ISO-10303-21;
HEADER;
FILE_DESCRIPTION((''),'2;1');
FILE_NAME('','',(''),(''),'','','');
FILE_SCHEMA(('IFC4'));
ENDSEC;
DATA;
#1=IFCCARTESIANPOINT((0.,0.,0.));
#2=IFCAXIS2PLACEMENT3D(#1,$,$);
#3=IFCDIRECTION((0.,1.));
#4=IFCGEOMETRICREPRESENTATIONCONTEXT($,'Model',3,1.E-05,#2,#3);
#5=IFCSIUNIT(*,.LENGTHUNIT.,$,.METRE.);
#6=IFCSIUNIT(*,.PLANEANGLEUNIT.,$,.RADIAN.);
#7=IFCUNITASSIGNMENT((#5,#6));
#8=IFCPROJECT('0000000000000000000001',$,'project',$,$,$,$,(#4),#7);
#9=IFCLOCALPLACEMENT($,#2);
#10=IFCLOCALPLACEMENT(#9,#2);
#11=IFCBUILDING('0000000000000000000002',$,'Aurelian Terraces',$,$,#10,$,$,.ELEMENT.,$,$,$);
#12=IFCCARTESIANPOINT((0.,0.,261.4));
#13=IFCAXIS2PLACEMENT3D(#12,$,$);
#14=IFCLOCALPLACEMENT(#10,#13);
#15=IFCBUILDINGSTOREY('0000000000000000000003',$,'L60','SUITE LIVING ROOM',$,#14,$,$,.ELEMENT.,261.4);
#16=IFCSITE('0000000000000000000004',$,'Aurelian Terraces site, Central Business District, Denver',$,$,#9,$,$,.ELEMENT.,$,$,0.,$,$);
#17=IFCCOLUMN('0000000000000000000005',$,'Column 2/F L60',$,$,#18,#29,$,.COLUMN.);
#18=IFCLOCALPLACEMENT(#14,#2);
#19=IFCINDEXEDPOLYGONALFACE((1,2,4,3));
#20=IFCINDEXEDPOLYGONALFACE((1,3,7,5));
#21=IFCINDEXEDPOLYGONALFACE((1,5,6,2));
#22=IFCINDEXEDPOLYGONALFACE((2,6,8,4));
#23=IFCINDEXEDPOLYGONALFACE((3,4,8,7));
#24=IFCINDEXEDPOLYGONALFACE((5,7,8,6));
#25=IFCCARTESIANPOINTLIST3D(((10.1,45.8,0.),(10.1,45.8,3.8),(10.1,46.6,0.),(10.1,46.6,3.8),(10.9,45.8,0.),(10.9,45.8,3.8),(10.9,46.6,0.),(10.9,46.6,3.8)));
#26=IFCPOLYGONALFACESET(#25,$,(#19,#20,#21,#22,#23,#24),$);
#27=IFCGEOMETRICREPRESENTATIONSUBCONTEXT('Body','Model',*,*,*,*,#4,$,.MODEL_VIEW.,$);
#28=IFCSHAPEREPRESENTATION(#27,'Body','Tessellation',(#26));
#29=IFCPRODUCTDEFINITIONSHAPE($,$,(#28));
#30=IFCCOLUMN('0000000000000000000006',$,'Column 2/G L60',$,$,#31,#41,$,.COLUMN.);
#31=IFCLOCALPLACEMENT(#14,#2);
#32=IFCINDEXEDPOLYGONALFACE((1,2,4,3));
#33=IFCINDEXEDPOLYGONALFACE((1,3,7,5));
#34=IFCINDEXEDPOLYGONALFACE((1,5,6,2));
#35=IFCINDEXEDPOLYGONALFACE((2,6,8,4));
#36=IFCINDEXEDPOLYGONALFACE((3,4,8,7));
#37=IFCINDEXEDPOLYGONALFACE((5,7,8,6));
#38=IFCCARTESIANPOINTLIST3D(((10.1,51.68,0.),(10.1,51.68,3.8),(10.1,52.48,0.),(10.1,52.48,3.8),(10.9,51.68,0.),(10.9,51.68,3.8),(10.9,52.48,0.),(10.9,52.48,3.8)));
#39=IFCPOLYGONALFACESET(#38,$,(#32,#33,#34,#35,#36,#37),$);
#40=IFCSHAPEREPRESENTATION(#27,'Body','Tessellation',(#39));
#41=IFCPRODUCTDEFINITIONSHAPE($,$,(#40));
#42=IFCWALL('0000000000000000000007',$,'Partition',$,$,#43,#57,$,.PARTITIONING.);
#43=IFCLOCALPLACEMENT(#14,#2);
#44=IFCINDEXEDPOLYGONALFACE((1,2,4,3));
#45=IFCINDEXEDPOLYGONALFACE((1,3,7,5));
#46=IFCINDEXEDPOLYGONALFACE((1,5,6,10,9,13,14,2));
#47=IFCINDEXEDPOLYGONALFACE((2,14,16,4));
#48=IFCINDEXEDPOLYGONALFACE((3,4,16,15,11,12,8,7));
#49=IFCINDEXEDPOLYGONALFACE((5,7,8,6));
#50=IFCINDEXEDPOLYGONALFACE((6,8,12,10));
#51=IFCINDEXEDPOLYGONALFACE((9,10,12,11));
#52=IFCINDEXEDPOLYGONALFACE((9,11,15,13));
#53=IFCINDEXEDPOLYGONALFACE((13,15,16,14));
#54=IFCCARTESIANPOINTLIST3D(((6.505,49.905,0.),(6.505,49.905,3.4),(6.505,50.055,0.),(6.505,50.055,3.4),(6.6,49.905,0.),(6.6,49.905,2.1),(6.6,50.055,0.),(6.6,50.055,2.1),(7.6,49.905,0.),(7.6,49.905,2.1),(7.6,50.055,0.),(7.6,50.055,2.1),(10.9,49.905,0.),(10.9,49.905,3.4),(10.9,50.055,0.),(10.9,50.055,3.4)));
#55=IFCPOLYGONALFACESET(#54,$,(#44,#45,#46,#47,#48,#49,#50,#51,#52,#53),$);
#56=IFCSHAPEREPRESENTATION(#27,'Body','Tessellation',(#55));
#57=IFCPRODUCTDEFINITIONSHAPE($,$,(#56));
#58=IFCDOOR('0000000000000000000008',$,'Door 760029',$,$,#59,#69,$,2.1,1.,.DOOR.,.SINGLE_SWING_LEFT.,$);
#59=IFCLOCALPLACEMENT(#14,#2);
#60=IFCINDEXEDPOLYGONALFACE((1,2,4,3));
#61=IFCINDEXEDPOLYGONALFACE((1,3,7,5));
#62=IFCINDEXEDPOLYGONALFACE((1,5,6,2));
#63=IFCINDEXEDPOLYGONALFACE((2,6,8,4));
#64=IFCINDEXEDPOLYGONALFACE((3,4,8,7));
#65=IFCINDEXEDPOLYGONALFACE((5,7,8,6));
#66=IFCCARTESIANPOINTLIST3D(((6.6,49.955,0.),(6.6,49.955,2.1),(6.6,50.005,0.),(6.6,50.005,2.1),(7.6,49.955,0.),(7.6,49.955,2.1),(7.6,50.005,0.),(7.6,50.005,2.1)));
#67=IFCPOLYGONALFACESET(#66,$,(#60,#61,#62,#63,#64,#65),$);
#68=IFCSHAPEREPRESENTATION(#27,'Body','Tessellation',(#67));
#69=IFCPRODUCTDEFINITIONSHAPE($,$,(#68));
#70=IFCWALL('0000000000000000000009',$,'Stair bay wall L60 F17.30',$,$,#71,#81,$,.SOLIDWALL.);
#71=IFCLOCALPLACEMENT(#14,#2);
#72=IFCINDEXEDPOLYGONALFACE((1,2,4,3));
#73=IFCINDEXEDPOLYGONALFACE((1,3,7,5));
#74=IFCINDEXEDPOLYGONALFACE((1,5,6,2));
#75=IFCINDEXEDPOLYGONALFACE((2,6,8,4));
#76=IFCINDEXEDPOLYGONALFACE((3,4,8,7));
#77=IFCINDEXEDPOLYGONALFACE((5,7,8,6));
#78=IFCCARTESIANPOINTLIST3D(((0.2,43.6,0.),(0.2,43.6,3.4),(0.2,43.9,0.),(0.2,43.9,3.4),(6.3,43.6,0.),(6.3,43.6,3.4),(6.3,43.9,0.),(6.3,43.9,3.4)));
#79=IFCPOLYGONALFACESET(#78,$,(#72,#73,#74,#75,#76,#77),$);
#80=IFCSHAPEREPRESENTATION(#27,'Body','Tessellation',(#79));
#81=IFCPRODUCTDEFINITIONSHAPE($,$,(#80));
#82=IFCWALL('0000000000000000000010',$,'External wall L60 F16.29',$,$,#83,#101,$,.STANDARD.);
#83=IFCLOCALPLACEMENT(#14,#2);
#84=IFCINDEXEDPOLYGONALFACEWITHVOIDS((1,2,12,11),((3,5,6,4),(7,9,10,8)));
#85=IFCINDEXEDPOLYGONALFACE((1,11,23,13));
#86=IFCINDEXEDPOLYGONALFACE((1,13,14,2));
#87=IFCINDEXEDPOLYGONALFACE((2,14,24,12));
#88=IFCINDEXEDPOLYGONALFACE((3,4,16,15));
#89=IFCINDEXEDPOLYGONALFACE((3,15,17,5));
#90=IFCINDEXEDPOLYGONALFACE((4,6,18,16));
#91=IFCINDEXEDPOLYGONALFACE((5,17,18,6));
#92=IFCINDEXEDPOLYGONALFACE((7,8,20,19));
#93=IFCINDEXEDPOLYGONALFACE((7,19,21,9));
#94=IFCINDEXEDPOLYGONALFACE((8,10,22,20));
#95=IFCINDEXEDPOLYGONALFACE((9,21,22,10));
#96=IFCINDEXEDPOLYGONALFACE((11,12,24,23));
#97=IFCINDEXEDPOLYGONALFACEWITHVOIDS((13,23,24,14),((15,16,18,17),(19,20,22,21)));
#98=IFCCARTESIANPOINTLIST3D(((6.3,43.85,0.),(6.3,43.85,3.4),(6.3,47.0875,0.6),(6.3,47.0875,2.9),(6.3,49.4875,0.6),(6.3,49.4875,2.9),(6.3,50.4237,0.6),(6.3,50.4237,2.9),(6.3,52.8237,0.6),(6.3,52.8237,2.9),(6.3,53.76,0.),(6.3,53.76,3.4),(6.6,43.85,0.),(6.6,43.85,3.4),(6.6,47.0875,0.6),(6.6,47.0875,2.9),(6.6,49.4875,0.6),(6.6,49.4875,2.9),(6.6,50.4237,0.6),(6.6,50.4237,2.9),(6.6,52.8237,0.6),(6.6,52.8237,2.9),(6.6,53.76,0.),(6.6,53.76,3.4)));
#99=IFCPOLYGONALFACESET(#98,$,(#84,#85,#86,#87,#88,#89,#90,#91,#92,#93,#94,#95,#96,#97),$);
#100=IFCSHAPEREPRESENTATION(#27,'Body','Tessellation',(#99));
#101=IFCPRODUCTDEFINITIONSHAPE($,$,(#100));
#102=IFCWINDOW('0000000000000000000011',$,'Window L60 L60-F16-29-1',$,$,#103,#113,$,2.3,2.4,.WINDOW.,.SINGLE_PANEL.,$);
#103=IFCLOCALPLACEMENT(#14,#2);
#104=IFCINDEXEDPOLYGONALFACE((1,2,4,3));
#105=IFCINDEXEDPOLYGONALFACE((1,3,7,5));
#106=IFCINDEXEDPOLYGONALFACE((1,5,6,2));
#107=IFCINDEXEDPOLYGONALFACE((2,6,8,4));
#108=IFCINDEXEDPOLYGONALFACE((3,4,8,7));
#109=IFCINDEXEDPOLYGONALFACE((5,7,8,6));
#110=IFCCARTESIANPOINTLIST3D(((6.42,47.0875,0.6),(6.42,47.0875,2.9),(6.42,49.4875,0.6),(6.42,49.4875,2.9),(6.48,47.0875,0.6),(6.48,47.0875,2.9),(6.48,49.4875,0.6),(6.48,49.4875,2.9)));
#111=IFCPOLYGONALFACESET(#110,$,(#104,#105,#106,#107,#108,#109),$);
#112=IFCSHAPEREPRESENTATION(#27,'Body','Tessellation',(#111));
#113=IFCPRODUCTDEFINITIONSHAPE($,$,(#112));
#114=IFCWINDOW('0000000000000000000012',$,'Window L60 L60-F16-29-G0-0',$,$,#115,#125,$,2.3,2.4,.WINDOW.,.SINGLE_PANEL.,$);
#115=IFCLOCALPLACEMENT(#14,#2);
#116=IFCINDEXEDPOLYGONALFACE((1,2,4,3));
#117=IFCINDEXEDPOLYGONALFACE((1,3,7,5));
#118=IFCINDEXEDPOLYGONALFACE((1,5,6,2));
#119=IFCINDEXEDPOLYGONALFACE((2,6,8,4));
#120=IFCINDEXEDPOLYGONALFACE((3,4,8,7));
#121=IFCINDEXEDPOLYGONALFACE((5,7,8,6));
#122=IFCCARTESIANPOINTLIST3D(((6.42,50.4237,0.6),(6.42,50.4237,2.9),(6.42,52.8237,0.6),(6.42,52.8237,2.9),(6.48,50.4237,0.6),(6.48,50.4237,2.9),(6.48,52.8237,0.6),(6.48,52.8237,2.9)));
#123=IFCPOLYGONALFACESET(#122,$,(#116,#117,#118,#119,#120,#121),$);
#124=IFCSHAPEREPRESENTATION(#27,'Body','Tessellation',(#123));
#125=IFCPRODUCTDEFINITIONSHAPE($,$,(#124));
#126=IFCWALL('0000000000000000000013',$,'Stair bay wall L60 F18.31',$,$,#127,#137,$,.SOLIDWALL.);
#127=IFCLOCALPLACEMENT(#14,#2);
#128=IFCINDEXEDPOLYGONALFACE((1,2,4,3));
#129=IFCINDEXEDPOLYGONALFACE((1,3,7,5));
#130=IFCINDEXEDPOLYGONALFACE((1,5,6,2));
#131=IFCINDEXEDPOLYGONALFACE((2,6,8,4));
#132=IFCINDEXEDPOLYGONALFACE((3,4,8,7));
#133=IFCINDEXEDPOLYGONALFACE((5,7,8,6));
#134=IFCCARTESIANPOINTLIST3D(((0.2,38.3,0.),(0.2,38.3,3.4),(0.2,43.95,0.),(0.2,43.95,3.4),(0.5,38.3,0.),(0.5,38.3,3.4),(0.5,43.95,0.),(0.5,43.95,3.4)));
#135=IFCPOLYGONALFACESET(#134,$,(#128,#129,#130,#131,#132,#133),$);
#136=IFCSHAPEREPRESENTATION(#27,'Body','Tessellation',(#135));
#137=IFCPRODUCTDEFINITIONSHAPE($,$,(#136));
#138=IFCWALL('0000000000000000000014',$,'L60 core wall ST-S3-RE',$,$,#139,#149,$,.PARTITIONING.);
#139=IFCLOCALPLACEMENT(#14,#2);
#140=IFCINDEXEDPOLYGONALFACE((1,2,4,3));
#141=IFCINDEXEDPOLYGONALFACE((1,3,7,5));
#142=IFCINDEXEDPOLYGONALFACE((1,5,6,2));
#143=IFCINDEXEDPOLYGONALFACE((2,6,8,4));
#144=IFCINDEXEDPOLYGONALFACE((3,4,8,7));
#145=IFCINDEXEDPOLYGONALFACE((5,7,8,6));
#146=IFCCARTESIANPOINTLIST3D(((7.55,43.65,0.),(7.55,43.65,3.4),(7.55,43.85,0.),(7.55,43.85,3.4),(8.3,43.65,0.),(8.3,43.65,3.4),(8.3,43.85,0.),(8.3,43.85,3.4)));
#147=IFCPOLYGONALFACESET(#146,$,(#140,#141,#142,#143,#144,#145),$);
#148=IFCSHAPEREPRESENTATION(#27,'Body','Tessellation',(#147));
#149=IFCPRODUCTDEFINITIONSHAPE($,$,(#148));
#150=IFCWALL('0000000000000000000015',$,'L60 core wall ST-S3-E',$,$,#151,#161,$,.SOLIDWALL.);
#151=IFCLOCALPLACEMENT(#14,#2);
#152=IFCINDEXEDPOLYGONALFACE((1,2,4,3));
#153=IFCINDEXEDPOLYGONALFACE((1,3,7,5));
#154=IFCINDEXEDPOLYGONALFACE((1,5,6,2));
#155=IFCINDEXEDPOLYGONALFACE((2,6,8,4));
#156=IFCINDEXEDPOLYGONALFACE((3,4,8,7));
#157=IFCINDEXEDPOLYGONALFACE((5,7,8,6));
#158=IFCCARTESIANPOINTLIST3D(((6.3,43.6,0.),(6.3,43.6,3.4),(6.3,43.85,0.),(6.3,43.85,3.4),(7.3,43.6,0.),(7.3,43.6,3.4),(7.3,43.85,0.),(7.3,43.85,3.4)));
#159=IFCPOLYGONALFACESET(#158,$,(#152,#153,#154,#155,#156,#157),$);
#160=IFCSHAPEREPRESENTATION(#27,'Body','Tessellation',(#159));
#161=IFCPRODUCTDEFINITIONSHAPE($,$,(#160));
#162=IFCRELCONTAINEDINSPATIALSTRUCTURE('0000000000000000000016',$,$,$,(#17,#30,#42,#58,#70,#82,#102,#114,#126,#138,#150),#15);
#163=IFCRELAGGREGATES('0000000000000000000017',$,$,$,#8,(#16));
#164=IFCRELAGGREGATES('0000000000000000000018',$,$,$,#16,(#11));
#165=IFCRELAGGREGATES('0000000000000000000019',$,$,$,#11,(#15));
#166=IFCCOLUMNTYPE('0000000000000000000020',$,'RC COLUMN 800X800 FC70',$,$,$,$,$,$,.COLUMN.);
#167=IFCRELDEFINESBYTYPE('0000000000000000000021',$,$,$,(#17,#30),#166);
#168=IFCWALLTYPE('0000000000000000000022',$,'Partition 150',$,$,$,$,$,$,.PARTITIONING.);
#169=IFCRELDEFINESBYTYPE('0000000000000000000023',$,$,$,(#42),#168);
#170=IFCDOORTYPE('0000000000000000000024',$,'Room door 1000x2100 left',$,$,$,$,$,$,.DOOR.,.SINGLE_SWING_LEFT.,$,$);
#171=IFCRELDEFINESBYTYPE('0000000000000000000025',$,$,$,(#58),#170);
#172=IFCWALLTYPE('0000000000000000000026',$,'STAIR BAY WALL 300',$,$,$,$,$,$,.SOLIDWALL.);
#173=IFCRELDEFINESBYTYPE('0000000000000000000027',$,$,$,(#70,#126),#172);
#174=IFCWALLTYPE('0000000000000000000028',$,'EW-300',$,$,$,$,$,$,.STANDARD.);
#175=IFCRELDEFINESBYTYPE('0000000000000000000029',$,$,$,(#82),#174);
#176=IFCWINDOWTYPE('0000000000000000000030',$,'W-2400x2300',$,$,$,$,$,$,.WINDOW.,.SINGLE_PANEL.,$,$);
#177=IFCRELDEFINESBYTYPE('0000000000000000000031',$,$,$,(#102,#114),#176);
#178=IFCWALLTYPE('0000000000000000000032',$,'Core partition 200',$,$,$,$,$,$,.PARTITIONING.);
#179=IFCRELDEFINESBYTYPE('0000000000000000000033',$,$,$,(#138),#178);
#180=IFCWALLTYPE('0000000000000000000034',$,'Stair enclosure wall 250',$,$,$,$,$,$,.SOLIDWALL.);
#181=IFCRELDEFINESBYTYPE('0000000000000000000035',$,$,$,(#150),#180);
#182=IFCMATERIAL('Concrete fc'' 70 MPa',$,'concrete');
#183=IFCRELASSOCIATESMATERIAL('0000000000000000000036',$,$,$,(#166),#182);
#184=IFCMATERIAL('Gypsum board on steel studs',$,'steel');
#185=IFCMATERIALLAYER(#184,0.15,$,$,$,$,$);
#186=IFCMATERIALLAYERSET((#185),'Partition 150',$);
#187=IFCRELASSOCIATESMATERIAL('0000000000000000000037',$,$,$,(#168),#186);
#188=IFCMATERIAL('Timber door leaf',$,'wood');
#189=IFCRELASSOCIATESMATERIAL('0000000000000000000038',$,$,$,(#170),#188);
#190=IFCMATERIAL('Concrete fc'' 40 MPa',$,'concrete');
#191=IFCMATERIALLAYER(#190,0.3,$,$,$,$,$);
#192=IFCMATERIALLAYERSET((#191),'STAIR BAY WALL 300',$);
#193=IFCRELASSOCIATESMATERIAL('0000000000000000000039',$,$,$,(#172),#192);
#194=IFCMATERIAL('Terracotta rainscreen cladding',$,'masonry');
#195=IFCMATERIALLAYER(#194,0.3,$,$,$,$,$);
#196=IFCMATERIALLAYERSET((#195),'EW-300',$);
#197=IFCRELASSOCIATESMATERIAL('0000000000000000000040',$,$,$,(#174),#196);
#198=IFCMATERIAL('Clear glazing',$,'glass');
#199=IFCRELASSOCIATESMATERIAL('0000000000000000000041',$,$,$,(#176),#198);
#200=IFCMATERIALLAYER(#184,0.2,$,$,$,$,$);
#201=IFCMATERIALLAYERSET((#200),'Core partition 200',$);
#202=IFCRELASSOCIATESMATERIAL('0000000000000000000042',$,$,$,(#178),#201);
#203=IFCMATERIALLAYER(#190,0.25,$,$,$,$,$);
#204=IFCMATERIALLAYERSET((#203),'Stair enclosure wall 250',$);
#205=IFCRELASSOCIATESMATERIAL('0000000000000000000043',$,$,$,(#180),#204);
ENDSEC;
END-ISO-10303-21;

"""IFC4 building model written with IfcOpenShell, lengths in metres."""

from ifc_helpers import new_model, si_unit, direction, frame, frame_2d, origin, origin_2d, place, context, subcontext, project, spatial, rectangle, extrude, source, transform, mapped, material, layer, layer_set, material_profile, profile_set, type_object, element, fill, save


model = new_model("IFC4")

# Units and contexts
model_context = context("Model", 3, precision=1e-05, world=origin(), true_north=direction((0.0, 1.0)))
body_context = subcontext(model_context, "Body", "Model", "MODEL_VIEW")
ifc_project = project(units=[si_unit("LENGTHUNIT", "METRE"), si_unit("PLANEANGLEUNIT", "RADIAN")], contexts=[model_context])

# Site, building, storey
site_placement = place(None, origin())
site = spatial("IfcSite", under=ifc_project, at=site_placement, Name="Aurelian Terraces site, Central Business District, Denver", CompositionType="ELEMENT", RefElevation=0.0)
building_placement = place(site_placement, origin())
building = spatial("IfcBuilding", under=site, at=building_placement, Name="Aurelian Terraces", CompositionType="ELEMENT")
storey_placement = place(building_placement, frame((0.0, 0.0, 261.4)))
storey = spatial("IfcBuildingStorey", under=building, at=storey_placement, Name="L60", Description="SUITE LIVING ROOM", CompositionType="ELEMENT", Elevation=261.4)

# Columns
ifc_material_1 = material(Name="Concrete fc' 70 MPa", Category="concrete")
ifc_material_profile = material_profile(ifc_material_1, rectangle(XDim=0.8, YDim=0.8, at=origin_2d()))
ifc_profile_set = profile_set([ifc_material_profile], Name="Concrete fc' 70 MPa")
column_type = type_object("IfcColumnType", Name="RC COLUMN 800X800 FC70", PredefinedType="COLUMN", material=ifc_profile_set)
shared_shape_1 = source(origin(), body_context, "Body", "SweptSolid", [
    extrude(rectangle(XDim=0.8, YDim=0.8, at=origin_2d()), origin(), (0.0, 0.0, 1.0), 3.8),
])
for number, where, z_axis, x_axis, name in (
    (1, (10.5, 46.2, 0.0), (0.0, 0.0, 1.0), (1.0, 0.0, 0.0), "Column 2/F L60"),
    (2, (10.5, 52.08, 0.0), (0.0, 0.0, 1.0), (1.0, 0.0, 0.0), "Column 2/G L60"),
):
    element("IfcColumn", number, at=place(storey_placement, frame(where, z_axis=z_axis, x_axis=x_axis)), inside=storey, type_object=column_type, Name=name, PredefinedType="COLUMN", context=body_context, shape_type="MappedRepresentation", body=[
        mapped(shared_shape_1, transform((0.0, 0.0, 0.0), scale=1.0)),
    ])

# Wall, opening, door
ifc_material_2 = material(Name="Gypsum board on steel studs", Category="steel")
ifc_layer_1 = layer(ifc_material_2, 0.15)
ifc_layer_set_1 = layer_set([ifc_layer_1], Name="Partition 150")
wall_type_1 = type_object("IfcWallType", Name="Partition 150", PredefinedType="PARTITIONING", material=ifc_layer_set_1)
wall_1_placement = place(storey_placement, frame((10.9, 49.98, 0.0), z_axis=(0.0, 0.0, 1.0), x_axis=(-1.0, 0.0, 0.0)))
wall_1 = element("IfcWall", 3, at=wall_1_placement, inside=storey, type_object=wall_type_1, Name="Partition", PredefinedType="PARTITIONING", context=body_context, shape_type="SweptSolid", body=[
    extrude(rectangle(XDim=4.395, YDim=0.15, at=frame_2d((2.1975, 0.0))), origin(), (0.0, 0.0, 1.0), 3.4),
])
shared_shape_2 = source(origin(), body_context, "Body", "SweptSolid", [
    extrude(rectangle(XDim=1.0, YDim=2.1, at=frame_2d((0.5, 1.05))), frame((0.0, 0.085, 0.0), z_axis=(0.0, -1.0, 0.0), x_axis=(1.0, 0.0, 0.0)), (0.0, 0.0, 1.0), 0.17),
])
opening_1_placement = place(wall_1_placement, frame((3.3, 0.0, 0.0)))
opening_1 = element("IfcOpeningElement", 4, at=opening_1_placement, cuts=wall_1, PredefinedType="OPENING", context=body_context, shape_type="MappedRepresentation", body=[
    mapped(shared_shape_2, transform((0.0, 0.0, 0.0), scale=1.0)),
])
ifc_material_3 = material(Name="Timber door leaf", Category="wood")
door_type_1 = type_object("IfcDoorType", Name="Room door 1000x2100 left", OperationType="SINGLE_SWING_LEFT", PredefinedType="DOOR", material=ifc_material_3)
shared_shape_3 = source(origin(), body_context, "Body", "SweptSolid", [
    extrude(rectangle(XDim=1.0, YDim=2.1, at=frame_2d((0.5, 1.05))), frame((0.0, 0.025, 0.0), z_axis=(0.0, -1.0, 0.0), x_axis=(1.0, 0.0, 0.0)), (0.0, 0.0, 1.0), 0.05),
])
door_1_placement = place(opening_1_placement, origin())
door_1 = element("IfcDoor", 5, at=door_1_placement, inside=storey, type_object=door_type_1, Name="Door 760029", OperationType="SINGLE_SWING_LEFT", OverallHeight=2.1, OverallWidth=1.0, PredefinedType="DOOR", context=body_context, shape_type="MappedRepresentation", body=[
    mapped(shared_shape_3, transform((0.0, 0.0, 0.0), scale=1.0)),
])
fill(opening_1, door_1)

# Wall
ifc_material_4 = material(Name="Concrete fc' 40 MPa", Category="concrete")
ifc_layer_2 = layer(ifc_material_4, 0.3)
ifc_layer_set_2 = layer_set([ifc_layer_2], Name="STAIR BAY WALL 300")
wall_type_2 = type_object("IfcWallType", Name="STAIR BAY WALL 300", PredefinedType="SOLIDWALL", material=ifc_layer_set_2)
shared_shape_4 = source(origin(), body_context, "Body", "SweptSolid", [
    extrude(rectangle(XDim=6.1, YDim=0.3, at=frame_2d((3.05, 0.0))), origin(), (0.0, 0.0, 1.0), 3.4),
])
wall_2_placement = place(storey_placement, frame((6.3, 43.75, 0.0), z_axis=(0.0, 0.0, 1.0), x_axis=(-1.0, 0.0, 0.0)))
element("IfcWall", 6, at=wall_2_placement, inside=storey, type_object=wall_type_2, Name="Stair bay wall L60 F17.30", PredefinedType="SOLIDWALL", context=body_context, shape_type="MappedRepresentation", body=[
    mapped(shared_shape_4, transform((0.0, 0.0, 0.0), scale=1.0)),
])

# Wall, openings, windows
ifc_material_5 = material(Name="Terracotta rainscreen cladding", Category="masonry")
ifc_layer_3 = layer(ifc_material_5, 0.3)
ifc_layer_set_3 = layer_set([ifc_layer_3], Name="EW-300")
wall_type_3 = type_object("IfcWallType", Name="EW-300", PredefinedType="STANDARD", material=ifc_layer_set_3)
shared_shape_5 = source(origin(), body_context, "Body", "SweptSolid", [
    extrude(rectangle(XDim=9.91, YDim=0.3, at=frame_2d((4.955, 0.0))), origin(), (0.0, 0.0, 1.0), 3.4),
])
wall_3_placement = place(storey_placement, frame((6.45, 53.76, 0.0), z_axis=(0.0, 0.0, 1.0), x_axis=(0.0, -1.0, 0.0)))
wall_3 = element("IfcWall", 7, at=wall_3_placement, inside=storey, type_object=wall_type_3, Name="External wall L60 F16.29", PredefinedType="STANDARD", context=body_context, shape_type="MappedRepresentation", body=[
    mapped(shared_shape_5, transform((0.0, 0.0, 0.0), scale=1.0)),
])
shared_shape_6 = source(origin(), body_context, "Body", "SweptSolid", [
    extrude(rectangle(XDim=2.4, YDim=2.3, at=frame_2d((1.2, 1.15))), frame((0.0, 0.16, 0.0), z_axis=(0.0, -1.0, 0.0), x_axis=(1.0, 0.0, 0.0)), (0.0, 0.0, 1.0), 0.32),
])
opening_2_placement = place(wall_3_placement, frame((4.2725, 0.0, 0.6)))
opening_2 = element("IfcOpeningElement", 8, at=opening_2_placement, cuts=wall_3, PredefinedType="OPENING", context=body_context, shape_type="MappedRepresentation", body=[
    mapped(shared_shape_6, transform((0.0, 0.0, 0.0), scale=1.0)),
])
opening_3_placement = place(wall_3_placement, frame((0.9363, 0.0, 0.6)))
opening_3 = element("IfcOpeningElement", 9, at=opening_3_placement, cuts=wall_3, PredefinedType="OPENING", context=body_context, shape_type="MappedRepresentation", body=[
    mapped(shared_shape_6, transform((0.0, 0.0, 0.0), scale=1.0)),
])
ifc_material_6 = material(Name="Clear glazing", Category="glass")
window_type = type_object("IfcWindowType", Name="W-2400x2300", PartitioningType="SINGLE_PANEL", PredefinedType="WINDOW", material=ifc_material_6)
shared_shape_7 = source(origin(), body_context, "Body", "SweptSolid", [
    extrude(rectangle(XDim=2.4, YDim=2.3, at=frame_2d((1.2, 1.15))), frame((0.0, 0.03, 0.0), z_axis=(0.0, -1.0, 0.0), x_axis=(1.0, 0.0, 0.0)), (0.0, 0.0, 1.0), 0.06),
])
window_1_placement = place(opening_2_placement, origin())
window_1 = element("IfcWindow", 10, at=window_1_placement, inside=storey, type_object=window_type, Name="Window L60 L60-F16-29-1", OverallHeight=2.3, OverallWidth=2.4, PartitioningType="SINGLE_PANEL", PredefinedType="WINDOW", context=body_context, shape_type="MappedRepresentation", body=[
    mapped(shared_shape_7, transform((0.0, 0.0, 0.0), scale=1.0)),
])
fill(opening_2, window_1)
window_2_placement = place(opening_3_placement, origin())
window_2 = element("IfcWindow", 11, at=window_2_placement, inside=storey, type_object=window_type, Name="Window L60 L60-F16-29-G0-0", OverallHeight=2.3, OverallWidth=2.4, PartitioningType="SINGLE_PANEL", PredefinedType="WINDOW", context=body_context, shape_type="MappedRepresentation", body=[
    mapped(shared_shape_7, transform((0.0, 0.0, 0.0), scale=1.0)),
])
fill(opening_3, window_2)

# Walls
shared_shape_8 = source(origin(), body_context, "Body", "SweptSolid", [
    extrude(rectangle(XDim=5.65, YDim=0.3, at=frame_2d((2.825, 0.0))), origin(), (0.0, 0.0, 1.0), 3.4),
])
wall_4_placement = place(storey_placement, frame((0.35, 43.95, 0.0), z_axis=(0.0, 0.0, 1.0), x_axis=(0.0, -1.0, 0.0)))
element("IfcWall", 12, at=wall_4_placement, inside=storey, type_object=wall_type_2, Name="Stair bay wall L60 F18.31", PredefinedType="SOLIDWALL", context=body_context, shape_type="MappedRepresentation", body=[
    mapped(shared_shape_8, transform((0.0, 0.0, 0.0), scale=1.0)),
])
ifc_layer_4 = layer(ifc_material_2, 0.2)
ifc_layer_set_4 = layer_set([ifc_layer_4], Name="Core partition 200")
wall_type_4 = type_object("IfcWallType", Name="Core partition 200", PredefinedType="PARTITIONING", material=ifc_layer_set_4)
shared_shape_9 = source(origin(), body_context, "Body", "SweptSolid", [
    extrude(rectangle(XDim=0.75, YDim=0.2, at=frame_2d((0.375, 0.0))), origin(), (0.0, 0.0, 1.0), 3.4),
])
wall_5_placement = place(storey_placement, frame((7.55, 43.75, 0.0), z_axis=(0.0, 0.0, 1.0), x_axis=(1.0, 0.0, 0.0)))
element("IfcWall", 13, at=wall_5_placement, inside=storey, type_object=wall_type_4, Name="L60 core wall ST-S3-RE", PredefinedType="PARTITIONING", context=body_context, shape_type="MappedRepresentation", body=[
    mapped(shared_shape_9, transform((0.0, 0.0, 0.0), scale=1.0)),
])
ifc_layer_5 = layer(ifc_material_4, 0.25)
ifc_layer_set_5 = layer_set([ifc_layer_5], Name="Stair enclosure wall 250")
wall_type_5 = type_object("IfcWallType", Name="Stair enclosure wall 250", PredefinedType="SOLIDWALL", material=ifc_layer_set_5)
shared_shape_10 = source(origin(), body_context, "Body", "SweptSolid", [
    extrude(rectangle(XDim=1.0, YDim=0.25, at=frame_2d((0.5, 0.0))), origin(), (0.0, 0.0, 1.0), 3.4),
])
wall_6_placement = place(storey_placement, frame((6.3, 43.725, 0.0), z_axis=(0.0, 0.0, 1.0), x_axis=(1.0, 0.0, 0.0)))
element("IfcWall", 14, at=wall_6_placement, inside=storey, type_object=wall_type_5, Name="L60 core wall ST-S3-E", PredefinedType="SOLIDWALL", context=body_context, shape_type="MappedRepresentation", body=[
    mapped(shared_shape_10, transform((0.0, 0.0, 0.0), scale=1.0)),
])

save(model, "model.ifc")
